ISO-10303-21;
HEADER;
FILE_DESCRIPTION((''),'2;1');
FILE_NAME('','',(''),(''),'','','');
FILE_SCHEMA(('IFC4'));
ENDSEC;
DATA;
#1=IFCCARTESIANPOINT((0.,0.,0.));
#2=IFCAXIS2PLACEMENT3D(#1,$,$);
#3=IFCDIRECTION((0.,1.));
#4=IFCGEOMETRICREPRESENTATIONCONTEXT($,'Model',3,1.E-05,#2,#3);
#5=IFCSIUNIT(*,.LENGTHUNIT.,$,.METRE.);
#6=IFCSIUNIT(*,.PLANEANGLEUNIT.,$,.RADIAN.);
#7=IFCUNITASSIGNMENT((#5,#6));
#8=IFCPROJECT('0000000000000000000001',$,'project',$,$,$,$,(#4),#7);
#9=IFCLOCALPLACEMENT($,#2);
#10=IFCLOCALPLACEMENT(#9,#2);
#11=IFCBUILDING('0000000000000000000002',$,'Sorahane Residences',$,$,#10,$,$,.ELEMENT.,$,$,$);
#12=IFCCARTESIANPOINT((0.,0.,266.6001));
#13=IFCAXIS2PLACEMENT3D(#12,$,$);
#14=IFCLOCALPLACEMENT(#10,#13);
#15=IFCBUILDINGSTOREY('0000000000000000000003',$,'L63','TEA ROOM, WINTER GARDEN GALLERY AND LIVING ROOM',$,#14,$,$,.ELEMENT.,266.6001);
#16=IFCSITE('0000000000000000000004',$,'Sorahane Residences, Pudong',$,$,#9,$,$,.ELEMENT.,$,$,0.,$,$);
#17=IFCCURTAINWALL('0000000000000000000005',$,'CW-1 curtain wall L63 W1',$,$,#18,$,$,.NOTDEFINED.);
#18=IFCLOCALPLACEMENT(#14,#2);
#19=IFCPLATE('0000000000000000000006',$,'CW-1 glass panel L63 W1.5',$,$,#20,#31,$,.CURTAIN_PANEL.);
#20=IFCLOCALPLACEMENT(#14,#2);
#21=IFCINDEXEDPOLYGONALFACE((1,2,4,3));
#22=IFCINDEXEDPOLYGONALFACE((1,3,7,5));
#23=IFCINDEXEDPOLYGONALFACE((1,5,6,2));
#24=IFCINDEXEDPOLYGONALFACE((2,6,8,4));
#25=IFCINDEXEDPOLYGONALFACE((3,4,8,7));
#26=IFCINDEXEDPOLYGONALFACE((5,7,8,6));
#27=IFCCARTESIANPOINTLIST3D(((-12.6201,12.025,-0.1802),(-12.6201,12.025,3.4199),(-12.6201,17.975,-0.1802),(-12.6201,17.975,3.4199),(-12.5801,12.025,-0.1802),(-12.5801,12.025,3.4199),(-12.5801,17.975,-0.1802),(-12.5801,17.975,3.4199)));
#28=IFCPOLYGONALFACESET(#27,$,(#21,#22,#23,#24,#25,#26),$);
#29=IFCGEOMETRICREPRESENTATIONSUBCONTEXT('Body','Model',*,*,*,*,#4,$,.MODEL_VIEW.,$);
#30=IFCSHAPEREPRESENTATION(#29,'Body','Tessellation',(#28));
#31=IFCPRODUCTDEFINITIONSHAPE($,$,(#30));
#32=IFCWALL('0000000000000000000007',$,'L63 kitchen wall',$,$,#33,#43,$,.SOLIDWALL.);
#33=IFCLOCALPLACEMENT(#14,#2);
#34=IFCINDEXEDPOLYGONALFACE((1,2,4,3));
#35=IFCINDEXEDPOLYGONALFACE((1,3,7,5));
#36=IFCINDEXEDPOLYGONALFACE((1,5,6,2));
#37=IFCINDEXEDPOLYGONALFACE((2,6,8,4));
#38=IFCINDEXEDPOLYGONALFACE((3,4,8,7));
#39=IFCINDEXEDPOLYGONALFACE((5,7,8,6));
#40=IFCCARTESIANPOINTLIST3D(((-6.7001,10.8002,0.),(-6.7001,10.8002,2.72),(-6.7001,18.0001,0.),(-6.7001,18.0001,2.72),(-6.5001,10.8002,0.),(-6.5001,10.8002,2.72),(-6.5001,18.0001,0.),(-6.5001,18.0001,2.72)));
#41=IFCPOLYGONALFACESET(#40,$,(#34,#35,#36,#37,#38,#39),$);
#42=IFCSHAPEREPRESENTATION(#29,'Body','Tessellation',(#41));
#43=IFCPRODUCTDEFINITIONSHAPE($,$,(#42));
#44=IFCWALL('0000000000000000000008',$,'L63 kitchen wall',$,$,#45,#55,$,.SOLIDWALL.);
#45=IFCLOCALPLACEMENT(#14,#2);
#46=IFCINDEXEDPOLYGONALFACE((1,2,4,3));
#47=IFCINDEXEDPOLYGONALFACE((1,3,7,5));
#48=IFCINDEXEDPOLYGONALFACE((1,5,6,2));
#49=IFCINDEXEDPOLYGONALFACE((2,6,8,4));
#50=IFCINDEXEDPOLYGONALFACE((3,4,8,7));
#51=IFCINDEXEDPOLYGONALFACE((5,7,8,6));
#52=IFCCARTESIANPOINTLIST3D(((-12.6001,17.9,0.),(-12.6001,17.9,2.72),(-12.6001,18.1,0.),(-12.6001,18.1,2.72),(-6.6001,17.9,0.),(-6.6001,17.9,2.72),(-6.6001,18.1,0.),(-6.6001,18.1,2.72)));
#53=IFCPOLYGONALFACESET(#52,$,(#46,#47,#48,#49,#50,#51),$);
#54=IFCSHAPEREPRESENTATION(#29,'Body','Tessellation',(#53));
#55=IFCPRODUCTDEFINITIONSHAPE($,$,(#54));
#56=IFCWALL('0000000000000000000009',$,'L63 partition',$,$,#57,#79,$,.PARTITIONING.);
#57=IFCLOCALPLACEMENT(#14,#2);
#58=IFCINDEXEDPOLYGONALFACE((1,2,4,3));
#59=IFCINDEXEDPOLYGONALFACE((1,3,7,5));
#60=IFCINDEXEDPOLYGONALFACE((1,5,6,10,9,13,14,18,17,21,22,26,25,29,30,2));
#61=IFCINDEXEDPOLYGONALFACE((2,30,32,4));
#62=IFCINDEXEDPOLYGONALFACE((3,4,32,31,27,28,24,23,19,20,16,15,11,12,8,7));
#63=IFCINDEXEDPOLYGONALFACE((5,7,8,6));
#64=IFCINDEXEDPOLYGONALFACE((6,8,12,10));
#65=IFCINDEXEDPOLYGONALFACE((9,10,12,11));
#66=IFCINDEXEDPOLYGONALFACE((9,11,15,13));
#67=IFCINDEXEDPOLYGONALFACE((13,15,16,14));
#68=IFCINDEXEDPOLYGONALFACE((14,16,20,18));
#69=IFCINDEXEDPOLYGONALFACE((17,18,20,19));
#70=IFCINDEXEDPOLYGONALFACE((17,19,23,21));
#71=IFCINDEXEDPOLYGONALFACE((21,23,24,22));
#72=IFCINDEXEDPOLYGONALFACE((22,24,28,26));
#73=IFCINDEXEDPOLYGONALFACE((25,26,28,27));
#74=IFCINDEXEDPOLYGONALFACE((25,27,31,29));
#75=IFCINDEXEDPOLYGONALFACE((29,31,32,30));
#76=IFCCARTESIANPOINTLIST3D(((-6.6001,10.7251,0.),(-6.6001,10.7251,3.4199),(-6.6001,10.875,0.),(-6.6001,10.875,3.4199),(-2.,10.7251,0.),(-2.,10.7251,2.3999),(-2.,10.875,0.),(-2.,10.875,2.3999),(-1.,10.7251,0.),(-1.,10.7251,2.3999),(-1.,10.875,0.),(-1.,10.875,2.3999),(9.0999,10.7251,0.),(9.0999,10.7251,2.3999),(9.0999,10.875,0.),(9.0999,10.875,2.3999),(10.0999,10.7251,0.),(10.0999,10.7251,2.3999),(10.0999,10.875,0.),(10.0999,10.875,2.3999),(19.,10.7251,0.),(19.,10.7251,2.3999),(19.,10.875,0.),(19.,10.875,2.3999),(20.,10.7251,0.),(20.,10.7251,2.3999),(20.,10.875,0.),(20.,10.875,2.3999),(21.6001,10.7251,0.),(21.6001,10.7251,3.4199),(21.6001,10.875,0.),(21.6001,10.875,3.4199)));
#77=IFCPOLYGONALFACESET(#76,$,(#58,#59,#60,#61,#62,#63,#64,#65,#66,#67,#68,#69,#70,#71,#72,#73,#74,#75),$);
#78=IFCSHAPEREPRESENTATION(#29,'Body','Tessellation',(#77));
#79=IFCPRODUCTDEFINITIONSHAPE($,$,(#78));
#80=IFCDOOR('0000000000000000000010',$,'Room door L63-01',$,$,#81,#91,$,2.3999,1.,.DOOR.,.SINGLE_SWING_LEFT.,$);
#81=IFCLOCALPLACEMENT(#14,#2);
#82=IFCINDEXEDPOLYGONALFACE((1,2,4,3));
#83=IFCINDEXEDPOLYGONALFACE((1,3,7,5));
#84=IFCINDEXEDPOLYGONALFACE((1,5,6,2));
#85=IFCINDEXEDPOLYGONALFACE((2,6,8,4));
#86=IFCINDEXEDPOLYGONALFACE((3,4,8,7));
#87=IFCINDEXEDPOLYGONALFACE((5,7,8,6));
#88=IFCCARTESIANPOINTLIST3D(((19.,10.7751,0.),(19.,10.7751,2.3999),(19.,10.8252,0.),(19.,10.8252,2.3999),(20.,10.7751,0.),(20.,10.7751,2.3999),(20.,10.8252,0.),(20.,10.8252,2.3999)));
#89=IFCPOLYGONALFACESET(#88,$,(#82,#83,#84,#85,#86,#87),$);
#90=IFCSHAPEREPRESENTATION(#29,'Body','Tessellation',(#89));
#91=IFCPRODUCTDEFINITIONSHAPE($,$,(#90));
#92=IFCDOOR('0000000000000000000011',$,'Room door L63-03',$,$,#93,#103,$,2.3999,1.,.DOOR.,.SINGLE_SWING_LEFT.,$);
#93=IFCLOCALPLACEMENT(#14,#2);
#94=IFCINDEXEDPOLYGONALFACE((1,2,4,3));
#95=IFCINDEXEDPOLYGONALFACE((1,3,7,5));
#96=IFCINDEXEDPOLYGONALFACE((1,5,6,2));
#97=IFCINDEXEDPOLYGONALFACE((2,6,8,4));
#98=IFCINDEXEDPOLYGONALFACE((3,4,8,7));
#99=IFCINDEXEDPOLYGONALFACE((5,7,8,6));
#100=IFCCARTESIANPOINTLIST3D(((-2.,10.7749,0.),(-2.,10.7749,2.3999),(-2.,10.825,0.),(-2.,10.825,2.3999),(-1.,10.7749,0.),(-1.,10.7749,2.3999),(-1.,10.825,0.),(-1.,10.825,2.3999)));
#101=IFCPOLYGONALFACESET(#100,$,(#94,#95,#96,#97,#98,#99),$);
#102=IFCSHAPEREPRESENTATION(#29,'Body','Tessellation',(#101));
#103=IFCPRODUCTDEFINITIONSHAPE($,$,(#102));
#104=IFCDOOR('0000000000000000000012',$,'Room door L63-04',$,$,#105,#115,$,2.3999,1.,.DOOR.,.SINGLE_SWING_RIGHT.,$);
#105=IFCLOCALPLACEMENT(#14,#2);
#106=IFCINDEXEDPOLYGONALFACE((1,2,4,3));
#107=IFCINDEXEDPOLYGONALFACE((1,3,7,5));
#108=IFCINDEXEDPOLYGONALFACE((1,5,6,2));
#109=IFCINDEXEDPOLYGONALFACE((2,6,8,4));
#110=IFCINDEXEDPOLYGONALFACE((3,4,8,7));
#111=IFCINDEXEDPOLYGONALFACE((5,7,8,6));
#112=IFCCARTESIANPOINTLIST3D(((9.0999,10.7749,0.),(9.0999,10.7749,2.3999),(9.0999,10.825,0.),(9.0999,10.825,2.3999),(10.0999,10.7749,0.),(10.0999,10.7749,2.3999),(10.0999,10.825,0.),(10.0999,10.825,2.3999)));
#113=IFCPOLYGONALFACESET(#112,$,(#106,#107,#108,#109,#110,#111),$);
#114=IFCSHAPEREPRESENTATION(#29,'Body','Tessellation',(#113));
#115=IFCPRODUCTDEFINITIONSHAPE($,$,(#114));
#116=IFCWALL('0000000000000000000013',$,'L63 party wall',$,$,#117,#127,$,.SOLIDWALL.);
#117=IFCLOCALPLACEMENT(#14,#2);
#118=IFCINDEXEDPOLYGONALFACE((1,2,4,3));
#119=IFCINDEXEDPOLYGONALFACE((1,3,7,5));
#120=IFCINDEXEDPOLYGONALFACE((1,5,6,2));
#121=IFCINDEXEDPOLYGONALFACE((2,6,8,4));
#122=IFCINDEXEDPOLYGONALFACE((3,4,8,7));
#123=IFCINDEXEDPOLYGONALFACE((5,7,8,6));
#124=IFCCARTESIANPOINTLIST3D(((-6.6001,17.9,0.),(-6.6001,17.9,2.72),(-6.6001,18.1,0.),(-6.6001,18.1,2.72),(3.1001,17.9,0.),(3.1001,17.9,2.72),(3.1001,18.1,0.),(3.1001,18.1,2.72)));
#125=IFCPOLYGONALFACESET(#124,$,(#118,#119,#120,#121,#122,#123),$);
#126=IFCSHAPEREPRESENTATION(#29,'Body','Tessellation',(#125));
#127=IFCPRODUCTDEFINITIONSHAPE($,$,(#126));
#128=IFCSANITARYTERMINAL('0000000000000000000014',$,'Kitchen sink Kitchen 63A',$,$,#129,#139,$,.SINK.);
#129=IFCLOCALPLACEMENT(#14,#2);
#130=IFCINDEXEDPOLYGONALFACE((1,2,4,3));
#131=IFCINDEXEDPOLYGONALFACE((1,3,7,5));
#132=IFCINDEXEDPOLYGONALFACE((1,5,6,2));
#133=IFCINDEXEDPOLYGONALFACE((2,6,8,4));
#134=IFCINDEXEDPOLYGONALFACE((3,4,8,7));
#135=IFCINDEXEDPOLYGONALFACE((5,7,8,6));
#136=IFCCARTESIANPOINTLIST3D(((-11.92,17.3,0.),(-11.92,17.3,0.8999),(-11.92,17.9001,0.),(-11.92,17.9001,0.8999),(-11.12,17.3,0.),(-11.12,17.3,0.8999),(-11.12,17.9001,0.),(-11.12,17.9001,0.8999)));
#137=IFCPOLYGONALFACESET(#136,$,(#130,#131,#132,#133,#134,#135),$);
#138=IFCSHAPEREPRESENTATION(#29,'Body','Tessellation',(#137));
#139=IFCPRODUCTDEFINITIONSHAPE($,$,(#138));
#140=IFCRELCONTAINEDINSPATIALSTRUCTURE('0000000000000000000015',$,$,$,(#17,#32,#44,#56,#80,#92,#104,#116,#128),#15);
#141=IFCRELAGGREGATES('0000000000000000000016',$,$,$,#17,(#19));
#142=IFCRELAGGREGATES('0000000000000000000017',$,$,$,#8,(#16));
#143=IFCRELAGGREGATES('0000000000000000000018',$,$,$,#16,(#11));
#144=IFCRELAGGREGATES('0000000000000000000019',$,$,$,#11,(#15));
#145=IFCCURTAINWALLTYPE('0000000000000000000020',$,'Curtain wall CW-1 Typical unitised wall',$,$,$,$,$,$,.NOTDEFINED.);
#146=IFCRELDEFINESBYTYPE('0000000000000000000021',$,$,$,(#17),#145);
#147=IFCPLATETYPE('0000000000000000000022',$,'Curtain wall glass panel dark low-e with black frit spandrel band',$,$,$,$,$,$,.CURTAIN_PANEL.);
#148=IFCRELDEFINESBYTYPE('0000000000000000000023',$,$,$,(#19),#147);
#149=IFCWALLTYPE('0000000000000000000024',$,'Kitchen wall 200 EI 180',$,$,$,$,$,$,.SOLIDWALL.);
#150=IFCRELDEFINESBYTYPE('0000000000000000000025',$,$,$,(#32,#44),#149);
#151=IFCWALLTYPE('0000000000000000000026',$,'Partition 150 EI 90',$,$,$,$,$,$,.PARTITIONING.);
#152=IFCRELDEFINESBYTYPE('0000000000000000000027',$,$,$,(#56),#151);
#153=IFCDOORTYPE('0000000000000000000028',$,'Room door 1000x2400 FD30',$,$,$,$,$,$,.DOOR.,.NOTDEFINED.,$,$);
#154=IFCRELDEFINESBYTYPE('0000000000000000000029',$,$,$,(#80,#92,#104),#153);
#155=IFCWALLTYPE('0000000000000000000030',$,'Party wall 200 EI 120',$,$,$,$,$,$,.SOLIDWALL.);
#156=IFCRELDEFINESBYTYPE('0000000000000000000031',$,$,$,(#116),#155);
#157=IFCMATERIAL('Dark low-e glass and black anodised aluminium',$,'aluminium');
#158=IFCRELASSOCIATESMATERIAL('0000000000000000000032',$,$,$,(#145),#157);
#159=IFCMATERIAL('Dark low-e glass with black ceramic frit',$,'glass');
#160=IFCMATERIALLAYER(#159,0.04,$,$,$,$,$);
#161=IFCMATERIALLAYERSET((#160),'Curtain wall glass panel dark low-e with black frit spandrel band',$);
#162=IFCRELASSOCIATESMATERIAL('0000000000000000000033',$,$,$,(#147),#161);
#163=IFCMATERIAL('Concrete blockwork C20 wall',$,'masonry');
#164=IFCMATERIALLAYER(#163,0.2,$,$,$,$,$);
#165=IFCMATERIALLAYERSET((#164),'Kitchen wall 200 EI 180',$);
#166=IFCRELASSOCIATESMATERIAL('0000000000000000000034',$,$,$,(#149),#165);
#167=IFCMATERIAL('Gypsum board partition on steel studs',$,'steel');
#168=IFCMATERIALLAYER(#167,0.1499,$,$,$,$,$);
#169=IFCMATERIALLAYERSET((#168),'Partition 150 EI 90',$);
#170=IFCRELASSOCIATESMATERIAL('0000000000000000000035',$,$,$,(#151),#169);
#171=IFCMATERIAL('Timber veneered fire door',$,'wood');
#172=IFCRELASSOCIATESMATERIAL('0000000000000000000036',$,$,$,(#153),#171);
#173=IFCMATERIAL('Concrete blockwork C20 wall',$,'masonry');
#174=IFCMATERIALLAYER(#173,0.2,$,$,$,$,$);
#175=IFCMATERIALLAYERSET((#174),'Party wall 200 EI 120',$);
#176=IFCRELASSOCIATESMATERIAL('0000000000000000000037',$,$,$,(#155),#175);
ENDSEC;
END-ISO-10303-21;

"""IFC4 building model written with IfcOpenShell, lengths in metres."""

from ifc_helpers import new_model, si_unit, direction, frame, frame_2d, origin, origin_2d, place, context, subcontext, project, spatial, rectangle, extrude, material, layer, layer_set, type_object, element, fill, aggregate, save


model = new_model("IFC4")

# Units and contexts
model_context = context("Model", 3, precision=1e-05, world=origin(), true_north=direction((0.0, 1.0)))
body_context = subcontext(model_context, "Body", "Model", "MODEL_VIEW")
ifc_project = project(units=[si_unit("LENGTHUNIT", "METRE"), si_unit("PLANEANGLEUNIT", "RADIAN")], contexts=[model_context])

# Site, building, storey
site_placement = place(None, origin())
site = spatial("IfcSite", under=ifc_project, at=site_placement, Name="Sorahane Residences, Pudong", CompositionType="ELEMENT", RefElevation=0.0)
building_placement = place(site_placement, origin())
building = spatial("IfcBuilding", under=site, at=building_placement, Name="Sorahane Residences", CompositionType="ELEMENT")
storey_placement = place(building_placement, frame((0.0, 0.0, 266.6001)))
storey = spatial("IfcBuildingStorey", under=building, at=storey_placement, Name="L63", Description="TEA ROOM, WINTER GARDEN GALLERY AND LIVING ROOM", CompositionType="ELEMENT", Elevation=266.6001)

# Curtain wall
ifc_material_1 = material(Name="Dark low-e glass and black anodised aluminium", Category="aluminium")
curtain_wall_type = type_object("IfcCurtainWallType", Name="Curtain wall CW-1 Typical unitised wall", PredefinedType="NOTDEFINED", material=ifc_material_1)
curtain_wall_placement = place(storey_placement, origin())
curtain_wall = element("IfcCurtainWall", 1, at=curtain_wall_placement, inside=storey, type_object=curtain_wall_type, Name="CW-1 curtain wall L63 W1", PredefinedType="NOTDEFINED")

# Plate
ifc_material_2 = material(Name="Dark low-e glass with black ceramic frit", Category="glass")
ifc_layer_1 = layer(ifc_material_2, 0.04)
ifc_layer_set_1 = layer_set([ifc_layer_1], Name="Curtain wall glass panel dark low-e with black frit spandrel band")
plate_type = type_object("IfcPlateType", Name="Curtain wall glass panel dark low-e with black frit spandrel band", PredefinedType="CURTAIN_PANEL", material=ifc_layer_set_1)
plate_placement = place(storey_placement, frame((-12.6001, 15.0, -0.1802), z_axis=(0.0, 0.0, 1.0), x_axis=(0.0, -1.0, 0.0)))
plate = element("IfcPlate", 2, at=plate_placement, type_object=plate_type, Name="CW-1 glass panel L63 W1.5", PredefinedType="CURTAIN_PANEL", context=body_context, shape_type="SweptSolid", body=[
    extrude(rectangle(XDim=5.95, YDim=0.04, at=origin_2d()), origin(), (0.0, 0.0, 1.0), 3.6001),
])
aggregate(curtain_wall, [plate])

# Walls
ifc_material_3 = material(Name="Concrete blockwork C20 wall", Category="masonry")
ifc_layer_2 = layer(ifc_material_3, 0.2)
ifc_layer_set_2 = layer_set([ifc_layer_2], Name="Kitchen wall 200 EI 180")
wall_type_1 = type_object("IfcWallType", Name="Kitchen wall 200 EI 180", PredefinedType="SOLIDWALL", material=ifc_layer_set_2)
wall_1_placement = place(storey_placement, frame((-6.6001, 10.8, 0.0), z_axis=(0.0, 0.0, 1.0), x_axis=(0.0, 1.0, 0.0)))
element("IfcWall", 3, at=wall_1_placement, inside=storey, type_object=wall_type_1, Name="L63 kitchen wall", PredefinedType="SOLIDWALL", context=body_context, shape_type="SweptSolid", body=[
    extrude(rectangle(XDim=7.2, YDim=0.2, at=frame_2d((3.6001, 0.0))), origin(), (0.0, 0.0, 1.0), 2.72),
])
wall_2_placement = place(storey_placement, frame((-12.6001, 18.0, 0.0), z_axis=(0.0, 0.0, 1.0), x_axis=(1.0, 0.0, 0.0)))
element("IfcWall", 4, at=wall_2_placement, inside=storey, type_object=wall_type_1, Name="L63 kitchen wall", PredefinedType="SOLIDWALL", context=body_context, shape_type="SweptSolid", body=[
    extrude(rectangle(XDim=6.0, YDim=0.2, at=frame_2d((3.0, 0.0))), origin(), (0.0, 0.0, 1.0), 2.72),
])

# Wall, openings, doors
ifc_material_4 = material(Name="Gypsum board partition on steel studs", Category="steel")
ifc_layer_3 = layer(ifc_material_4, 0.1499)
ifc_layer_set_3 = layer_set([ifc_layer_3], Name="Partition 150 EI 90")
wall_type_2 = type_object("IfcWallType", Name="Partition 150 EI 90", PredefinedType="PARTITIONING", material=ifc_layer_set_3)
wall_3_placement = place(storey_placement, frame((-6.6001, 10.8, 0.0), z_axis=(0.0, 0.0, 1.0), x_axis=(1.0, 0.0, 0.0)))
wall_3 = element("IfcWall", 5, at=wall_3_placement, inside=storey, type_object=wall_type_2, Name="L63 partition", PredefinedType="PARTITIONING", context=body_context, shape_type="SweptSolid", body=[
    extrude(rectangle(XDim=28.2002, YDim=0.1499, at=frame_2d((14.1001, 0.0))), origin(), (0.0, 0.0, 1.0), 3.4199),
])
opening_1_placement = place(wall_3_placement, frame((25.6001, 0.0, 0.0)))
opening_1 = element("IfcOpeningElement", 6, at=opening_1_placement, cuts=wall_3, PredefinedType="OPENING", context=body_context, shape_type="SweptSolid", body=[
    extrude(rectangle(XDim=1.0, YDim=2.3999, at=frame_2d((0.5, 1.2))), frame((0.0, 0.085, 0.0), z_axis=(0.0, -1.0, 0.0), x_axis=(1.0, 0.0, 0.0)), (0.0, 0.0, 1.0), 0.1699),
])
opening_2_placement = place(wall_3_placement, frame((4.6001, 0.0, 0.0)))
opening_2 = element("IfcOpeningElement", 7, at=opening_2_placement, cuts=wall_3, PredefinedType="OPENING", context=body_context, shape_type="SweptSolid", body=[
    extrude(rectangle(XDim=1.0, YDim=2.3999, at=frame_2d((0.5, 1.2))), frame((0.0, 0.085, 0.0), z_axis=(0.0, -1.0, 0.0), x_axis=(1.0, 0.0, 0.0)), (0.0, 0.0, 1.0), 0.1699),
])
opening_3_placement = place(wall_3_placement, frame((15.7, 0.0, 0.0)))
opening_3 = element("IfcOpeningElement", 8, at=opening_3_placement, cuts=wall_3, PredefinedType="OPENING", context=body_context, shape_type="SweptSolid", body=[
    extrude(rectangle(XDim=1.0, YDim=2.3999, at=frame_2d((0.5, 1.2))), frame((0.0, 0.085, 0.0), z_axis=(0.0, -1.0, 0.0), x_axis=(1.0, 0.0, 0.0)), (0.0, 0.0, 1.0), 0.1699),
])
ifc_material_5 = material(Name="Timber veneered fire door", Category="wood")
door_type_1 = type_object("IfcDoorType", Name="Room door 1000x2400 FD30", OperationType="NOTDEFINED", PredefinedType="DOOR", material=ifc_material_5)
door_1_placement = place(opening_1_placement, frame((1.0, 0.0, 0.0), z_axis=(0.0, 0.0, 1.0), x_axis=(-1.0, 0.0, 0.0)))
door_1 = element("IfcDoor", 9, at=door_1_placement, inside=storey, type_object=door_type_1, Name="Room door L63-01", OperationType="SINGLE_SWING_LEFT", OverallHeight=2.3999, OverallWidth=1.0, PredefinedType="DOOR", context=body_context, shape_type="SweptSolid", body=[
    extrude(rectangle(XDim=1.0, YDim=2.3999, at=frame_2d((0.5, 1.2))), frame((0.0, 0.0249, 0.0), z_axis=(0.0, -1.0, 0.0), x_axis=(1.0, 0.0, 0.0)), (0.0, 0.0, 1.0), 0.05),
])
fill(opening_1, door_1)
door_2_placement = place(opening_2_placement, origin())
door_2 = element("IfcDoor", 10, at=door_2_placement, inside=storey, type_object=door_type_1, Name="Room door L63-03", OperationType="SINGLE_SWING_LEFT", OverallHeight=2.3999, OverallWidth=1.0, PredefinedType="DOOR", context=body_context, shape_type="SweptSolid", body=[
    extrude(rectangle(XDim=1.0, YDim=2.3999, at=frame_2d((0.5, 1.2))), frame((0.0, 0.0249, 0.0), z_axis=(0.0, -1.0, 0.0), x_axis=(1.0, 0.0, 0.0)), (0.0, 0.0, 1.0), 0.05),
])
fill(opening_2, door_2)
door_3_placement = place(opening_3_placement, origin())
door_3 = element("IfcDoor", 11, at=door_3_placement, inside=storey, type_object=door_type_1, Name="Room door L63-04", OperationType="SINGLE_SWING_RIGHT", OverallHeight=2.3999, OverallWidth=1.0, PredefinedType="DOOR", context=body_context, shape_type="SweptSolid", body=[
    extrude(rectangle(XDim=1.0, YDim=2.3999, at=frame_2d((0.5, 1.2))), frame((0.0, 0.0249, 0.0), z_axis=(0.0, -1.0, 0.0), x_axis=(1.0, 0.0, 0.0)), (0.0, 0.0, 1.0), 0.05),
])
fill(opening_3, door_3)

# Wall
ifc_material_6 = material(Name="Concrete blockwork C20 wall", Category="masonry")
ifc_layer_4 = layer(ifc_material_6, 0.2)
ifc_layer_set_4 = layer_set([ifc_layer_4], Name="Party wall 200 EI 120")
wall_type_3 = type_object("IfcWallType", Name="Party wall 200 EI 120", PredefinedType="SOLIDWALL", material=ifc_layer_set_4)
wall_4_placement = place(storey_placement, frame((-6.6001, 18.0, 0.0), z_axis=(0.0, 0.0, 1.0), x_axis=(1.0, 0.0, 0.0)))
element("IfcWall", 12, at=wall_4_placement, inside=storey, type_object=wall_type_3, Name="L63 party wall", PredefinedType="SOLIDWALL", context=body_context, shape_type="SweptSolid", body=[
    extrude(rectangle(XDim=9.7002, YDim=0.2, at=frame_2d((4.8501, 0.0))), origin(), (0.0, 0.0, 1.0), 2.72),
])

# Sanitary terminal
sanitary_terminal_placement = place(storey_placement, frame((-11.52, 17.6001, 0.0), z_axis=(0.0, 0.0, 1.0), x_axis=(1.0, 0.0, 0.0)))
element("IfcSanitaryTerminal", 13, at=sanitary_terminal_placement, inside=storey, Name="Kitchen sink Kitchen 63A", PredefinedType="SINK", context=body_context, shape_type="SweptSolid", body=[
    extrude(rectangle(XDim=0.8, YDim=0.6001, at=origin_2d()), origin(), (0.0, 0.0, 1.0), 0.8999),
])

save(model, "model.ifc")
